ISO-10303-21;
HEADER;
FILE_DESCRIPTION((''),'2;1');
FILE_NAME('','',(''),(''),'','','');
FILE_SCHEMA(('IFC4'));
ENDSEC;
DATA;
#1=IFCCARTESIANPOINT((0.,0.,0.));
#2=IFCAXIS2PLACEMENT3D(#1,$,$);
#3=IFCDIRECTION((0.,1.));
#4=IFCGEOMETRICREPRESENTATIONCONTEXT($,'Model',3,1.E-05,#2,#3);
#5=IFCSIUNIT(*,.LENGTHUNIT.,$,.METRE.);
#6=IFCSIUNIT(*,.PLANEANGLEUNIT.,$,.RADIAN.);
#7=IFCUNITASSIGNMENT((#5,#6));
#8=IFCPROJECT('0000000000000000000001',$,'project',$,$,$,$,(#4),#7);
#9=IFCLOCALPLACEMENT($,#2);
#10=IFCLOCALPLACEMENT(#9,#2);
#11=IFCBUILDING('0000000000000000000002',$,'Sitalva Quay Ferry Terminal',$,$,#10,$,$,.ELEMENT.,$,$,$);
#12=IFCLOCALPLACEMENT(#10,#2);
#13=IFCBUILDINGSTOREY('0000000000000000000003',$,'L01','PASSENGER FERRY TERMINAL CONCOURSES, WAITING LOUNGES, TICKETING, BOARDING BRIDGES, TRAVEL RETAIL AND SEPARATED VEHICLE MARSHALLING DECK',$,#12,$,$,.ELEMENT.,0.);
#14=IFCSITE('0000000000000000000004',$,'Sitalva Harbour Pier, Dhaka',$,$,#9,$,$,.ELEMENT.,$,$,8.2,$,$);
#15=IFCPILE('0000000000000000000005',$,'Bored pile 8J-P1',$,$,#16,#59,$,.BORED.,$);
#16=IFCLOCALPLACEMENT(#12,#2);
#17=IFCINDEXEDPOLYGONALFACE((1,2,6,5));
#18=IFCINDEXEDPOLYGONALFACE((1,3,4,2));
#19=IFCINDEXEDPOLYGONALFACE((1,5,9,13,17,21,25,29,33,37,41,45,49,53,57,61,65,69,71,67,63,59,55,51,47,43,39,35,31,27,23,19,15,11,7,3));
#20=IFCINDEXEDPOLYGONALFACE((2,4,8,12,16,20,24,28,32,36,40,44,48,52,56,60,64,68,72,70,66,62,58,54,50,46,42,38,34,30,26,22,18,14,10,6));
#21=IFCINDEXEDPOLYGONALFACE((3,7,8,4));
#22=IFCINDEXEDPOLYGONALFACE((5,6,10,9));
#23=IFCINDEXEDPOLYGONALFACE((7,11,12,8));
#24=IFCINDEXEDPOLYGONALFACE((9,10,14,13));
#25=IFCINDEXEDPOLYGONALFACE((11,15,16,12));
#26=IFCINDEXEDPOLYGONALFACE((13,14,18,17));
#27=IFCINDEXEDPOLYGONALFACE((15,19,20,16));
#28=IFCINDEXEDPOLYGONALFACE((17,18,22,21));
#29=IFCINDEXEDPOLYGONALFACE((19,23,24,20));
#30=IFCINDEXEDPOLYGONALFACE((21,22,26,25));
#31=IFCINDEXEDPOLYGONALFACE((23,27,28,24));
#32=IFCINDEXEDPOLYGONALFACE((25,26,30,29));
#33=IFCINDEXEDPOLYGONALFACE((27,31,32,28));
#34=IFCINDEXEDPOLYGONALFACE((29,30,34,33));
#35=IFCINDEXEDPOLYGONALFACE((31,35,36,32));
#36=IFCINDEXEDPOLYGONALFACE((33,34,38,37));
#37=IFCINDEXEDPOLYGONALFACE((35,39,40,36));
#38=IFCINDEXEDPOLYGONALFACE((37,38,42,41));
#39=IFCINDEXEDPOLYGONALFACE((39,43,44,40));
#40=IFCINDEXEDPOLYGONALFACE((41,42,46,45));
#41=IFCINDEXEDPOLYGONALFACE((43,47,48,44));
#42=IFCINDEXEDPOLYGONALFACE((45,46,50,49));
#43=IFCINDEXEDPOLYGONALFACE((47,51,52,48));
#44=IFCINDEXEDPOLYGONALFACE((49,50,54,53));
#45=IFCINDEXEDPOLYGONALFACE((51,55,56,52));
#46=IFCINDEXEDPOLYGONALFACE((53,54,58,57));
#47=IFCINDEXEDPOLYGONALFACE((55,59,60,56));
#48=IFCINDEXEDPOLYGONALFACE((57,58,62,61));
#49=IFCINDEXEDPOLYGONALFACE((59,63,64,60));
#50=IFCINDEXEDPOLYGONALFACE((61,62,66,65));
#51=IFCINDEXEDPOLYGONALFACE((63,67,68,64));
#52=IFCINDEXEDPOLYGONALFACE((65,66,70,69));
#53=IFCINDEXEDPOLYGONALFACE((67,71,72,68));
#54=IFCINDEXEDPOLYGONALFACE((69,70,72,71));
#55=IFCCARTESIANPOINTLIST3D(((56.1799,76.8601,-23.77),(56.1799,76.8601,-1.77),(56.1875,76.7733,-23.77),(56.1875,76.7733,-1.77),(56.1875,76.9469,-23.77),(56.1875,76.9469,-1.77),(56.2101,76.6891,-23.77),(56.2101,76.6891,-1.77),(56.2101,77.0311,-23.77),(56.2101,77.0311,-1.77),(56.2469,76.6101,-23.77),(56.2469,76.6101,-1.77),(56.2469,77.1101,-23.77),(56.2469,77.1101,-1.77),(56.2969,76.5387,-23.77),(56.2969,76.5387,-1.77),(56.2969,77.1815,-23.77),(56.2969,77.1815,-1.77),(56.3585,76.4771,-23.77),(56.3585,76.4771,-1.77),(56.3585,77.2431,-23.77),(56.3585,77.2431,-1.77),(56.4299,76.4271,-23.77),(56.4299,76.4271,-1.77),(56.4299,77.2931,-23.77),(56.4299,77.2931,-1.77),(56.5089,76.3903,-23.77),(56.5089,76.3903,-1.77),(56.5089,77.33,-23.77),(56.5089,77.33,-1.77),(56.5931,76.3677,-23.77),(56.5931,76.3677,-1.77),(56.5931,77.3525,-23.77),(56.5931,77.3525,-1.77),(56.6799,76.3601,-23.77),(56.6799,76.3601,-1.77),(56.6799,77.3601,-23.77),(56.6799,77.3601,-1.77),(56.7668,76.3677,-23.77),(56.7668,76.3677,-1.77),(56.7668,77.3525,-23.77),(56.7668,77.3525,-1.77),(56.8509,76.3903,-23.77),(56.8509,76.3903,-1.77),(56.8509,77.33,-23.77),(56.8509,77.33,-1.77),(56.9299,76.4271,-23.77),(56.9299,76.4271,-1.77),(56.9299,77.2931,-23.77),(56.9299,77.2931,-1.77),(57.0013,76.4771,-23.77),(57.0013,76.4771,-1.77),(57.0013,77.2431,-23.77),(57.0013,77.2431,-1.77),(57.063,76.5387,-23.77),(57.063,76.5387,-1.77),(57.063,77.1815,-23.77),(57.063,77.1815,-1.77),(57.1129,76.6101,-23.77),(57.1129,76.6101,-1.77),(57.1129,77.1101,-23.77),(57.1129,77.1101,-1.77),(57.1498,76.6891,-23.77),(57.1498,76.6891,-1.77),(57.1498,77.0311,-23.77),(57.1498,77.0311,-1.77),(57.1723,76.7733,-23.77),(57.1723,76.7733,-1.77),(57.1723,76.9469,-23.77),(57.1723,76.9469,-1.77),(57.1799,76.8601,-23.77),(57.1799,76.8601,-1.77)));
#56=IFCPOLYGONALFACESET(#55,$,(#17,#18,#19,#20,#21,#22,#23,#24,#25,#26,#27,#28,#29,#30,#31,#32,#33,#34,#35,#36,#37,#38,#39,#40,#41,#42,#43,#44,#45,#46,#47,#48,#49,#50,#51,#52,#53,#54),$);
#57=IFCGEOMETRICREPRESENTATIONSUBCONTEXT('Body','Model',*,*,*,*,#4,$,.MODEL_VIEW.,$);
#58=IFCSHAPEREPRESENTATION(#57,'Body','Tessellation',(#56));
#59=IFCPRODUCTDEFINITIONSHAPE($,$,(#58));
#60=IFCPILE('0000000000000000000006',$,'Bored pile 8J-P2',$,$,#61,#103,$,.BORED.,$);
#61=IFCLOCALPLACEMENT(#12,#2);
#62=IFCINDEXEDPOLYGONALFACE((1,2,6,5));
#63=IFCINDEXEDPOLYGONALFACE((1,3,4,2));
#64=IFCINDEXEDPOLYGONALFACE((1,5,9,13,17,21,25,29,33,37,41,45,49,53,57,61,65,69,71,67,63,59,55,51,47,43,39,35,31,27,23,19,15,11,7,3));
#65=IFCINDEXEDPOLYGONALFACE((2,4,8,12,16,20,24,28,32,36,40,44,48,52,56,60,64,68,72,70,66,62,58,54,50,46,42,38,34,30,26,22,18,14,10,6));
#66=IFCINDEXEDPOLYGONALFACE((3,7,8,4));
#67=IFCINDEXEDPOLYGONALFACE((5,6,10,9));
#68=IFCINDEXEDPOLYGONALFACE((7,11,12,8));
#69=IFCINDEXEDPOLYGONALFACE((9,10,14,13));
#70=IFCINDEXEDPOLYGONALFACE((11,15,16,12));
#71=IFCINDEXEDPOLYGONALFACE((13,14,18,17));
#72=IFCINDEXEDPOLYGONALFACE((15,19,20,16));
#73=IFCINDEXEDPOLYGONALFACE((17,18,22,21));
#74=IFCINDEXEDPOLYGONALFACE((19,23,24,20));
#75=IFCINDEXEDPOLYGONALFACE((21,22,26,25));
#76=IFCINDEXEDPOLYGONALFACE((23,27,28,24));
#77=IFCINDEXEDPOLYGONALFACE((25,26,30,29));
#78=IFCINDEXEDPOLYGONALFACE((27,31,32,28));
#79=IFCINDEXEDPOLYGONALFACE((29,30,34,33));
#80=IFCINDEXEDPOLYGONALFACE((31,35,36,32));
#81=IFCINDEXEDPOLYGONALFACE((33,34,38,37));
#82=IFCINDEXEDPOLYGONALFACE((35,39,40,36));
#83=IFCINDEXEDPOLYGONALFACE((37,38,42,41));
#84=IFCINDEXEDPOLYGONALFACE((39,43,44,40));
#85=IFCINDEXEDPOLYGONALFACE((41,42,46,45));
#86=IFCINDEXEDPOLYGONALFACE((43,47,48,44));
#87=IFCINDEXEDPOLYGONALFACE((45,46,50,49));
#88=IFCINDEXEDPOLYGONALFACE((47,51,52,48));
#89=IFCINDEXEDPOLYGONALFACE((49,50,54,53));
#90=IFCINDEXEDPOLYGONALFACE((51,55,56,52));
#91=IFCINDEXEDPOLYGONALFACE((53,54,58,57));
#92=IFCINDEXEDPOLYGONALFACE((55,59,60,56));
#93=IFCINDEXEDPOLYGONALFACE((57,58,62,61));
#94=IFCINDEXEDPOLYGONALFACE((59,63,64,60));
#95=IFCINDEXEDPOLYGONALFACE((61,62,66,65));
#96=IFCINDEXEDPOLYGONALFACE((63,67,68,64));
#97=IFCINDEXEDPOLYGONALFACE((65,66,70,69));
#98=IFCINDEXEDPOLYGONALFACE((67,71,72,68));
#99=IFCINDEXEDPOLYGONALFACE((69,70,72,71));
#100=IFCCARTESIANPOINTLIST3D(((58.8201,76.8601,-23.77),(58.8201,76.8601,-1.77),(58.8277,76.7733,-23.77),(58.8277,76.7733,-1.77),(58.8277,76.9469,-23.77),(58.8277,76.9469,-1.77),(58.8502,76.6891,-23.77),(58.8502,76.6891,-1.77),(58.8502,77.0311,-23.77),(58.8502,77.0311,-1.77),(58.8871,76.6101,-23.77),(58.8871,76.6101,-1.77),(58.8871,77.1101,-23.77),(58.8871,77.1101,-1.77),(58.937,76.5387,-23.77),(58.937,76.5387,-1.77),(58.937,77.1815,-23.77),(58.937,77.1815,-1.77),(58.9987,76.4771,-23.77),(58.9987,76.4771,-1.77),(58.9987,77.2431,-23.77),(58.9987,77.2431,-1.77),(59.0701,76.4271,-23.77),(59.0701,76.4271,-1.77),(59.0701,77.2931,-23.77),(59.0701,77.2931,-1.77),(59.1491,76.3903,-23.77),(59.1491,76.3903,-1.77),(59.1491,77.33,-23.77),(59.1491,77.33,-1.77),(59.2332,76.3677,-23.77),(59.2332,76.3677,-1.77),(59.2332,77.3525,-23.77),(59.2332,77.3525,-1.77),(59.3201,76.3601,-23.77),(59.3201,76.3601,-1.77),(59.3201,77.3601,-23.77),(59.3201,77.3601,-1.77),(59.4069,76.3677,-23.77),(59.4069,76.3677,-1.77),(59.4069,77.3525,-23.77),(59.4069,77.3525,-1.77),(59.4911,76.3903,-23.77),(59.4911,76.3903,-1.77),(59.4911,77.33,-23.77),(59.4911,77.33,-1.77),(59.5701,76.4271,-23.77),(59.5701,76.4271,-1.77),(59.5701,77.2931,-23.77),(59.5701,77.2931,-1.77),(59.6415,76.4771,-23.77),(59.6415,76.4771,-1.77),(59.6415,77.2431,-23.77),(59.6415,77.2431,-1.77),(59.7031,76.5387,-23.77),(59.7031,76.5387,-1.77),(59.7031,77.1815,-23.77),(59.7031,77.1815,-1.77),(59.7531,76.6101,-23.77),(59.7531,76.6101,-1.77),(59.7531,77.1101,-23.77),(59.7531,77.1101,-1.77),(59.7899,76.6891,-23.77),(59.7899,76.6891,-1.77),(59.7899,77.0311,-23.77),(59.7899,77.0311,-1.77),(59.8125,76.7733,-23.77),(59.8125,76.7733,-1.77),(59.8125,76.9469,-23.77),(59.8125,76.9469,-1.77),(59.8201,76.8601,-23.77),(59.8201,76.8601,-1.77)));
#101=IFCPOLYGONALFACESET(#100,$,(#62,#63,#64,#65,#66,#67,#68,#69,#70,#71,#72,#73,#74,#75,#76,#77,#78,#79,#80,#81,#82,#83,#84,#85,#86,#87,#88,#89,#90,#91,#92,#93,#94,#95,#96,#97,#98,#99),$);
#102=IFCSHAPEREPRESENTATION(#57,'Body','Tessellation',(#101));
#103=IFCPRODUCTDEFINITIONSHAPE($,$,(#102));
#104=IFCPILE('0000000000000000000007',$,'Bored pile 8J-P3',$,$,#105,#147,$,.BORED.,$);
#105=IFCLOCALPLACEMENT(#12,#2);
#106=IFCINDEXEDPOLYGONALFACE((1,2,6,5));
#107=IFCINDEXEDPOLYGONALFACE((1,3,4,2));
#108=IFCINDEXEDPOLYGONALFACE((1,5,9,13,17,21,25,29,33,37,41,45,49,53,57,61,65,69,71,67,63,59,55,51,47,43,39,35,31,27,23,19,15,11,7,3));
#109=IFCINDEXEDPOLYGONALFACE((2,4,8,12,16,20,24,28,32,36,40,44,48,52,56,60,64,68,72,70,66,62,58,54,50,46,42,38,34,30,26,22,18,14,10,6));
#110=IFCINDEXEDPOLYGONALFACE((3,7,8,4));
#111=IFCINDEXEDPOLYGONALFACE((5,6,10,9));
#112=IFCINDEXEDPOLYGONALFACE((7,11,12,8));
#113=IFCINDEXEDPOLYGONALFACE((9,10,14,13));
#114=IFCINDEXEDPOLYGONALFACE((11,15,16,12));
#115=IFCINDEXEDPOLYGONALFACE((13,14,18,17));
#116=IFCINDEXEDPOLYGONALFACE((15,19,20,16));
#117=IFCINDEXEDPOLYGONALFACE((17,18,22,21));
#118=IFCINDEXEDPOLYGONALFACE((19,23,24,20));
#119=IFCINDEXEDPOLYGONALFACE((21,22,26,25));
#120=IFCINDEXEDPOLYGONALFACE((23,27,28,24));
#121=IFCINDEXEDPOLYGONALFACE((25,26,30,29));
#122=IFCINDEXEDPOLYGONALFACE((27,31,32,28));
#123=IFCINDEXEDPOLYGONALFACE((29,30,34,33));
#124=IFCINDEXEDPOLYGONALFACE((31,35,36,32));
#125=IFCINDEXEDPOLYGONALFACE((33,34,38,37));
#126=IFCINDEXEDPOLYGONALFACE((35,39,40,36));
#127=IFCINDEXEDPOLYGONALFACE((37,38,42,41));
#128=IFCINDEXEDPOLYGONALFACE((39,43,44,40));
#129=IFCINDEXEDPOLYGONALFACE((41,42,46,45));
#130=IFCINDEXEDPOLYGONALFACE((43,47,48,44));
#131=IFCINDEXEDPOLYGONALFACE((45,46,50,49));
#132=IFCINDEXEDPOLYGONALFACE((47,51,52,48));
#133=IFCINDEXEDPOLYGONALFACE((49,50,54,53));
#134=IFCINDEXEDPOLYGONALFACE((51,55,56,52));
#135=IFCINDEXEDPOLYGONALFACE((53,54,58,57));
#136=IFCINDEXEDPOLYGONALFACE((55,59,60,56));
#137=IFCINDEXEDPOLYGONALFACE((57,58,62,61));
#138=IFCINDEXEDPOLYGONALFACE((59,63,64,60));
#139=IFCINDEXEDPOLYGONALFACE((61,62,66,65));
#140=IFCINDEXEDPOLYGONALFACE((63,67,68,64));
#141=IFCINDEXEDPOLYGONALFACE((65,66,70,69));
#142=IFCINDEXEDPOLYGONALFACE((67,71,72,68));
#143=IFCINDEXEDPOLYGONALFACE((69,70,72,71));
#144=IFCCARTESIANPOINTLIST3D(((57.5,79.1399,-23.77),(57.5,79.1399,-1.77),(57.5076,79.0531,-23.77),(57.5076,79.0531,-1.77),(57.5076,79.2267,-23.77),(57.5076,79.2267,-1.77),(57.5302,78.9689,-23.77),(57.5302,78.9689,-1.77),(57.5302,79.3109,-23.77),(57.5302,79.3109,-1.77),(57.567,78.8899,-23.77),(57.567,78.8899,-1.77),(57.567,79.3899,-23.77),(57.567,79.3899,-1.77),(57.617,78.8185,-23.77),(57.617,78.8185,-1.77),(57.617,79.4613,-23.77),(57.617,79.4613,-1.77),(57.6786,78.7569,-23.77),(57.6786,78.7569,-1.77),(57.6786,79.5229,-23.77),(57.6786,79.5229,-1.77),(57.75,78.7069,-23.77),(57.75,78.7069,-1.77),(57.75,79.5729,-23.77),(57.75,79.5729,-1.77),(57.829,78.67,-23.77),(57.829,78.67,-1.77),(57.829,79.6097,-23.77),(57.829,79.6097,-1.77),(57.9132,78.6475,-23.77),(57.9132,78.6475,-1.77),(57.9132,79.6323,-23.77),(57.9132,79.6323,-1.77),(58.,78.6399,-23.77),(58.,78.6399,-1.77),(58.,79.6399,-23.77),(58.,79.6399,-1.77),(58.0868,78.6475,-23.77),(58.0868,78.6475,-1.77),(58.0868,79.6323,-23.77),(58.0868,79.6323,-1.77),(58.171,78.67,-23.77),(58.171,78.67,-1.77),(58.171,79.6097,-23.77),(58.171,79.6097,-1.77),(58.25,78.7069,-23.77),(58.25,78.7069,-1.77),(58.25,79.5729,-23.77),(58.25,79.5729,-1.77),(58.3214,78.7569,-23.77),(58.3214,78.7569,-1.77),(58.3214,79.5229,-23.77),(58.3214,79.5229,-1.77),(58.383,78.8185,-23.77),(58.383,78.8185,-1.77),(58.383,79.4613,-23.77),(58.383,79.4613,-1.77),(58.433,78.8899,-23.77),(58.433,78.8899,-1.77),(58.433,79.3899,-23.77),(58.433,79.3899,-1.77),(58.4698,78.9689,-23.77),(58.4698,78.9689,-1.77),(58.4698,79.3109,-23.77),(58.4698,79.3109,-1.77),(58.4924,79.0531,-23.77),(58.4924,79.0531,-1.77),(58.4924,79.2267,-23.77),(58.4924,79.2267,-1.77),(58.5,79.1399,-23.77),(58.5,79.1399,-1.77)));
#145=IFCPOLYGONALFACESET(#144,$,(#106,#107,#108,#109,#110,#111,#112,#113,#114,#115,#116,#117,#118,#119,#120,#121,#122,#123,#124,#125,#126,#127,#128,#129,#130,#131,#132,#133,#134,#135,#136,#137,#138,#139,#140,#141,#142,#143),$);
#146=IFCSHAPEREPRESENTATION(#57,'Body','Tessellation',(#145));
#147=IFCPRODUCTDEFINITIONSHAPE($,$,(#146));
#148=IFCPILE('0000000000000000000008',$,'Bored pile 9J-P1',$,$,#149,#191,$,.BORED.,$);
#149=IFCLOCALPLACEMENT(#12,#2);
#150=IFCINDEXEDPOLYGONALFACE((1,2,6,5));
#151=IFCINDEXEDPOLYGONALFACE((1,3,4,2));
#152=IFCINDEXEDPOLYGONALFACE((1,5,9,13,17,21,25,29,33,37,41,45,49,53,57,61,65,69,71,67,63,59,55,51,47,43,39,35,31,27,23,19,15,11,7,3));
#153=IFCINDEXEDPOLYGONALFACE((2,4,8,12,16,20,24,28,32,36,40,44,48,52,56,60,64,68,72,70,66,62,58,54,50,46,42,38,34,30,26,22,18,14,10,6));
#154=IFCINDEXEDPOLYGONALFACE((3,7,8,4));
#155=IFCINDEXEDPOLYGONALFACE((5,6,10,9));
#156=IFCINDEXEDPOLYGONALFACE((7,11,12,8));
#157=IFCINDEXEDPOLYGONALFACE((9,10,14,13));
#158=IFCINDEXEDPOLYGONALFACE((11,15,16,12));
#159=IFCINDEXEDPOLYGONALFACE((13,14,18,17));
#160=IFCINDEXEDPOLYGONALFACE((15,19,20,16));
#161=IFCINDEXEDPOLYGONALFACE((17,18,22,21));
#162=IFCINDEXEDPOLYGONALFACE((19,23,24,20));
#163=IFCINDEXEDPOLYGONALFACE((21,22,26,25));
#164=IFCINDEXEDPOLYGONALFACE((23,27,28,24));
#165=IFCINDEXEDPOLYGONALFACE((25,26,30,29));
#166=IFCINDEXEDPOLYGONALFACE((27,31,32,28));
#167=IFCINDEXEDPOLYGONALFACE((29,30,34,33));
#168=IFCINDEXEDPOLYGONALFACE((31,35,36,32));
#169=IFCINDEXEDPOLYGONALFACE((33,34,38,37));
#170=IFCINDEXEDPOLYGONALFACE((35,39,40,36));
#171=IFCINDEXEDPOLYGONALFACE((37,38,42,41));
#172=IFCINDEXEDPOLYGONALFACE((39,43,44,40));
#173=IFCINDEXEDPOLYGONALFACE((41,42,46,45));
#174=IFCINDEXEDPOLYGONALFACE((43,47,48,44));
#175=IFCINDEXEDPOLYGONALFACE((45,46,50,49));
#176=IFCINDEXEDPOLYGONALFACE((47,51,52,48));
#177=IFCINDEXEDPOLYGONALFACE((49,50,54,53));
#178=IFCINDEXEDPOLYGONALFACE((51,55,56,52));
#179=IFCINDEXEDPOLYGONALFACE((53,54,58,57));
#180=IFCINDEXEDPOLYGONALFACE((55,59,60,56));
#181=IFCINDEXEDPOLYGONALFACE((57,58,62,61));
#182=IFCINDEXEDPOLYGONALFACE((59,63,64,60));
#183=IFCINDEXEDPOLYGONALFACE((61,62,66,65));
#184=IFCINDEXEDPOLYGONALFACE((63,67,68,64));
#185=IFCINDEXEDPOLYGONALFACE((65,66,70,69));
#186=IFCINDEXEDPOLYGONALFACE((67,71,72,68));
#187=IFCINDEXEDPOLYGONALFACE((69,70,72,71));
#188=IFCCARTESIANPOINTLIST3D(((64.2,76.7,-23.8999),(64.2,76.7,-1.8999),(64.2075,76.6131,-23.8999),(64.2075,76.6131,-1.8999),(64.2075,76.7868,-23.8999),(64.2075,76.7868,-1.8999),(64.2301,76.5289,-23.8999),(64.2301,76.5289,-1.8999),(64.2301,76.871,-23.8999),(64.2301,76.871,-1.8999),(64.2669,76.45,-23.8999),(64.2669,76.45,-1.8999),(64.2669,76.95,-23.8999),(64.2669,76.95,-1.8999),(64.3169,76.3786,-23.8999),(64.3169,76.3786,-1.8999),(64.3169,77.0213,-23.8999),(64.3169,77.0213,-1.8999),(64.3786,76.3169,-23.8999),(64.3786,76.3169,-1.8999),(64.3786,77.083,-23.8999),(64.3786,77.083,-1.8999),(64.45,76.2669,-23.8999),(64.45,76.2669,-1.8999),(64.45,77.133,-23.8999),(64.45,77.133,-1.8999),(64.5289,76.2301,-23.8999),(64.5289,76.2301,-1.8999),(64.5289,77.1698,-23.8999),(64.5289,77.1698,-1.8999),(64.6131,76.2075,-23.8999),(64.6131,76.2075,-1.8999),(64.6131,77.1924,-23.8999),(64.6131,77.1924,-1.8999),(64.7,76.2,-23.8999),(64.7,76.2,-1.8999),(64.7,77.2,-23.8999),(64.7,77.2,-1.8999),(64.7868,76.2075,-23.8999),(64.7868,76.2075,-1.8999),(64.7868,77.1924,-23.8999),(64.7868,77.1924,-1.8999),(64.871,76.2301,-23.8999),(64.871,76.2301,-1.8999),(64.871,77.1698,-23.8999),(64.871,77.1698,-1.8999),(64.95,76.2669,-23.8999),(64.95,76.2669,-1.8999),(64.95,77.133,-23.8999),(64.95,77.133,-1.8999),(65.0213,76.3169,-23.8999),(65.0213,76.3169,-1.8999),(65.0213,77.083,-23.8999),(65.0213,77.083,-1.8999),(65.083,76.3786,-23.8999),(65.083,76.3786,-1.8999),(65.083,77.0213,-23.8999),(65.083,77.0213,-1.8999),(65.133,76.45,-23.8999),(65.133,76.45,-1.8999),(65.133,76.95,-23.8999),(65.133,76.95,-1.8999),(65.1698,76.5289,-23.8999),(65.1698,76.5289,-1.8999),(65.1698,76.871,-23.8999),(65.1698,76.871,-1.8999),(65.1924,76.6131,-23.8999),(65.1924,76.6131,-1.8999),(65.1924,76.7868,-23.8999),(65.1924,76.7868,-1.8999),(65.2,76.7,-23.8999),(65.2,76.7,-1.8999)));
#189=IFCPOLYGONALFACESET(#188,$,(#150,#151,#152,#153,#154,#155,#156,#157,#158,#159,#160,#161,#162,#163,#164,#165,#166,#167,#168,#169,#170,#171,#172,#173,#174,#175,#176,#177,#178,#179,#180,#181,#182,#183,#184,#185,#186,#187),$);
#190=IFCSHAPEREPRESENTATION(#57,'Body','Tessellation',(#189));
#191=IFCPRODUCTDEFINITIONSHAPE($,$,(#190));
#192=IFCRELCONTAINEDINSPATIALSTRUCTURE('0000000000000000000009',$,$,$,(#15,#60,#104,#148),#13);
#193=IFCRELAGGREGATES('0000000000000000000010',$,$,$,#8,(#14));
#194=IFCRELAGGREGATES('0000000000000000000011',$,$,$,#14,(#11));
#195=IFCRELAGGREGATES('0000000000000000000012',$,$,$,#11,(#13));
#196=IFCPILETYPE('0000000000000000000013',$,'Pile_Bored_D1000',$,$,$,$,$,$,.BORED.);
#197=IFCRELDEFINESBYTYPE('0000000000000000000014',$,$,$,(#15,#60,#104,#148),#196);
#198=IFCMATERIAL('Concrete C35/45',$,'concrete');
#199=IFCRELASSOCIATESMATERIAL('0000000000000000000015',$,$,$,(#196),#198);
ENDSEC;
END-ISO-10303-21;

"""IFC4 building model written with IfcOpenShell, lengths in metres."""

from ifc_helpers import new_model, si_unit, direction, frame, origin, origin_2d, place, context, subcontext, project, spatial, circle, extrude, material, material_profile, profile_set, type_object, element, save


model = new_model("IFC4")

# Units and contexts
model_context = context("Model", 3, precision=1e-05, world=origin(), true_north=direction((0.0, 1.0)))
body_context = subcontext(model_context, "Body", "Model", "MODEL_VIEW")
ifc_project = project(units=[si_unit("LENGTHUNIT", "METRE"), si_unit("PLANEANGLEUNIT", "RADIAN")], contexts=[model_context])

# Site, building, storey
site_placement = place(None, origin())
site = spatial("IfcSite", under=ifc_project, at=site_placement, Name="Sitalva Harbour Pier, Dhaka", CompositionType="ELEMENT", RefElevation=8.2)
building_placement = place(site_placement, origin())
building = spatial("IfcBuilding", under=site, at=building_placement, Name="Sitalva Quay Ferry Terminal", CompositionType="ELEMENT")
storey_placement = place(building_placement, origin())
storey = spatial("IfcBuildingStorey", under=building, at=storey_placement, Name="L01", Description="PASSENGER FERRY TERMINAL CONCOURSES, WAITING LOUNGES, TICKETING, BOARDING BRIDGES, TRAVEL RETAIL AND SEPARATED VEHICLE MARSHALLING DECK", CompositionType="ELEMENT", Elevation=0.0)

# Piles
ifc_material_1 = material(Name="Concrete C35/45", Category="concrete")
ifc_material_profile_1 = material_profile(ifc_material_1, circle(Radius=0.5, at=origin_2d()), Name="PILE-D1000")
ifc_profile_set_1 = profile_set([ifc_material_profile_1], Name="Concrete C35/45")
pile_type = type_object("IfcPileType", Name="Pile_Bored_D1000", PredefinedType="BORED", material=ifc_profile_set_1)
for number, where, z_axis, x_axis, name in (
    (1, (56.6799, 76.8601, -1.77), (0.0, 0.0, -1.0), (1.0, 0.0, 0.0), "Bored pile 8J-P1"),
    (2, (59.3201, 76.8601, -1.77), (0.0, 0.0, -1.0), (1.0, 0.0, 0.0), "Bored pile 8J-P2"),
    (3, (58.0, 79.1399, -1.77), (0.0, 0.0, -1.0), (1.0, 0.0, 0.0), "Bored pile 8J-P3"),
    (4, (64.7, 76.7, -1.8999), (0.0, 0.0, -1.0), (1.0, 0.0, 0.0), "Bored pile 9J-P1"),
):
    element("IfcPile", number, at=place(storey_placement, frame(where, z_axis=z_axis, x_axis=x_axis)), inside=storey, type_object=pile_type, Name=name, PredefinedType="BORED", context=body_context, shape_type="SweptSolid", body=[
        extrude(circle(Radius=0.5, at=origin_2d()), origin(), (0.0, 0.0, 1.0), 22.0),
    ])

save(model, "model.ifc")
